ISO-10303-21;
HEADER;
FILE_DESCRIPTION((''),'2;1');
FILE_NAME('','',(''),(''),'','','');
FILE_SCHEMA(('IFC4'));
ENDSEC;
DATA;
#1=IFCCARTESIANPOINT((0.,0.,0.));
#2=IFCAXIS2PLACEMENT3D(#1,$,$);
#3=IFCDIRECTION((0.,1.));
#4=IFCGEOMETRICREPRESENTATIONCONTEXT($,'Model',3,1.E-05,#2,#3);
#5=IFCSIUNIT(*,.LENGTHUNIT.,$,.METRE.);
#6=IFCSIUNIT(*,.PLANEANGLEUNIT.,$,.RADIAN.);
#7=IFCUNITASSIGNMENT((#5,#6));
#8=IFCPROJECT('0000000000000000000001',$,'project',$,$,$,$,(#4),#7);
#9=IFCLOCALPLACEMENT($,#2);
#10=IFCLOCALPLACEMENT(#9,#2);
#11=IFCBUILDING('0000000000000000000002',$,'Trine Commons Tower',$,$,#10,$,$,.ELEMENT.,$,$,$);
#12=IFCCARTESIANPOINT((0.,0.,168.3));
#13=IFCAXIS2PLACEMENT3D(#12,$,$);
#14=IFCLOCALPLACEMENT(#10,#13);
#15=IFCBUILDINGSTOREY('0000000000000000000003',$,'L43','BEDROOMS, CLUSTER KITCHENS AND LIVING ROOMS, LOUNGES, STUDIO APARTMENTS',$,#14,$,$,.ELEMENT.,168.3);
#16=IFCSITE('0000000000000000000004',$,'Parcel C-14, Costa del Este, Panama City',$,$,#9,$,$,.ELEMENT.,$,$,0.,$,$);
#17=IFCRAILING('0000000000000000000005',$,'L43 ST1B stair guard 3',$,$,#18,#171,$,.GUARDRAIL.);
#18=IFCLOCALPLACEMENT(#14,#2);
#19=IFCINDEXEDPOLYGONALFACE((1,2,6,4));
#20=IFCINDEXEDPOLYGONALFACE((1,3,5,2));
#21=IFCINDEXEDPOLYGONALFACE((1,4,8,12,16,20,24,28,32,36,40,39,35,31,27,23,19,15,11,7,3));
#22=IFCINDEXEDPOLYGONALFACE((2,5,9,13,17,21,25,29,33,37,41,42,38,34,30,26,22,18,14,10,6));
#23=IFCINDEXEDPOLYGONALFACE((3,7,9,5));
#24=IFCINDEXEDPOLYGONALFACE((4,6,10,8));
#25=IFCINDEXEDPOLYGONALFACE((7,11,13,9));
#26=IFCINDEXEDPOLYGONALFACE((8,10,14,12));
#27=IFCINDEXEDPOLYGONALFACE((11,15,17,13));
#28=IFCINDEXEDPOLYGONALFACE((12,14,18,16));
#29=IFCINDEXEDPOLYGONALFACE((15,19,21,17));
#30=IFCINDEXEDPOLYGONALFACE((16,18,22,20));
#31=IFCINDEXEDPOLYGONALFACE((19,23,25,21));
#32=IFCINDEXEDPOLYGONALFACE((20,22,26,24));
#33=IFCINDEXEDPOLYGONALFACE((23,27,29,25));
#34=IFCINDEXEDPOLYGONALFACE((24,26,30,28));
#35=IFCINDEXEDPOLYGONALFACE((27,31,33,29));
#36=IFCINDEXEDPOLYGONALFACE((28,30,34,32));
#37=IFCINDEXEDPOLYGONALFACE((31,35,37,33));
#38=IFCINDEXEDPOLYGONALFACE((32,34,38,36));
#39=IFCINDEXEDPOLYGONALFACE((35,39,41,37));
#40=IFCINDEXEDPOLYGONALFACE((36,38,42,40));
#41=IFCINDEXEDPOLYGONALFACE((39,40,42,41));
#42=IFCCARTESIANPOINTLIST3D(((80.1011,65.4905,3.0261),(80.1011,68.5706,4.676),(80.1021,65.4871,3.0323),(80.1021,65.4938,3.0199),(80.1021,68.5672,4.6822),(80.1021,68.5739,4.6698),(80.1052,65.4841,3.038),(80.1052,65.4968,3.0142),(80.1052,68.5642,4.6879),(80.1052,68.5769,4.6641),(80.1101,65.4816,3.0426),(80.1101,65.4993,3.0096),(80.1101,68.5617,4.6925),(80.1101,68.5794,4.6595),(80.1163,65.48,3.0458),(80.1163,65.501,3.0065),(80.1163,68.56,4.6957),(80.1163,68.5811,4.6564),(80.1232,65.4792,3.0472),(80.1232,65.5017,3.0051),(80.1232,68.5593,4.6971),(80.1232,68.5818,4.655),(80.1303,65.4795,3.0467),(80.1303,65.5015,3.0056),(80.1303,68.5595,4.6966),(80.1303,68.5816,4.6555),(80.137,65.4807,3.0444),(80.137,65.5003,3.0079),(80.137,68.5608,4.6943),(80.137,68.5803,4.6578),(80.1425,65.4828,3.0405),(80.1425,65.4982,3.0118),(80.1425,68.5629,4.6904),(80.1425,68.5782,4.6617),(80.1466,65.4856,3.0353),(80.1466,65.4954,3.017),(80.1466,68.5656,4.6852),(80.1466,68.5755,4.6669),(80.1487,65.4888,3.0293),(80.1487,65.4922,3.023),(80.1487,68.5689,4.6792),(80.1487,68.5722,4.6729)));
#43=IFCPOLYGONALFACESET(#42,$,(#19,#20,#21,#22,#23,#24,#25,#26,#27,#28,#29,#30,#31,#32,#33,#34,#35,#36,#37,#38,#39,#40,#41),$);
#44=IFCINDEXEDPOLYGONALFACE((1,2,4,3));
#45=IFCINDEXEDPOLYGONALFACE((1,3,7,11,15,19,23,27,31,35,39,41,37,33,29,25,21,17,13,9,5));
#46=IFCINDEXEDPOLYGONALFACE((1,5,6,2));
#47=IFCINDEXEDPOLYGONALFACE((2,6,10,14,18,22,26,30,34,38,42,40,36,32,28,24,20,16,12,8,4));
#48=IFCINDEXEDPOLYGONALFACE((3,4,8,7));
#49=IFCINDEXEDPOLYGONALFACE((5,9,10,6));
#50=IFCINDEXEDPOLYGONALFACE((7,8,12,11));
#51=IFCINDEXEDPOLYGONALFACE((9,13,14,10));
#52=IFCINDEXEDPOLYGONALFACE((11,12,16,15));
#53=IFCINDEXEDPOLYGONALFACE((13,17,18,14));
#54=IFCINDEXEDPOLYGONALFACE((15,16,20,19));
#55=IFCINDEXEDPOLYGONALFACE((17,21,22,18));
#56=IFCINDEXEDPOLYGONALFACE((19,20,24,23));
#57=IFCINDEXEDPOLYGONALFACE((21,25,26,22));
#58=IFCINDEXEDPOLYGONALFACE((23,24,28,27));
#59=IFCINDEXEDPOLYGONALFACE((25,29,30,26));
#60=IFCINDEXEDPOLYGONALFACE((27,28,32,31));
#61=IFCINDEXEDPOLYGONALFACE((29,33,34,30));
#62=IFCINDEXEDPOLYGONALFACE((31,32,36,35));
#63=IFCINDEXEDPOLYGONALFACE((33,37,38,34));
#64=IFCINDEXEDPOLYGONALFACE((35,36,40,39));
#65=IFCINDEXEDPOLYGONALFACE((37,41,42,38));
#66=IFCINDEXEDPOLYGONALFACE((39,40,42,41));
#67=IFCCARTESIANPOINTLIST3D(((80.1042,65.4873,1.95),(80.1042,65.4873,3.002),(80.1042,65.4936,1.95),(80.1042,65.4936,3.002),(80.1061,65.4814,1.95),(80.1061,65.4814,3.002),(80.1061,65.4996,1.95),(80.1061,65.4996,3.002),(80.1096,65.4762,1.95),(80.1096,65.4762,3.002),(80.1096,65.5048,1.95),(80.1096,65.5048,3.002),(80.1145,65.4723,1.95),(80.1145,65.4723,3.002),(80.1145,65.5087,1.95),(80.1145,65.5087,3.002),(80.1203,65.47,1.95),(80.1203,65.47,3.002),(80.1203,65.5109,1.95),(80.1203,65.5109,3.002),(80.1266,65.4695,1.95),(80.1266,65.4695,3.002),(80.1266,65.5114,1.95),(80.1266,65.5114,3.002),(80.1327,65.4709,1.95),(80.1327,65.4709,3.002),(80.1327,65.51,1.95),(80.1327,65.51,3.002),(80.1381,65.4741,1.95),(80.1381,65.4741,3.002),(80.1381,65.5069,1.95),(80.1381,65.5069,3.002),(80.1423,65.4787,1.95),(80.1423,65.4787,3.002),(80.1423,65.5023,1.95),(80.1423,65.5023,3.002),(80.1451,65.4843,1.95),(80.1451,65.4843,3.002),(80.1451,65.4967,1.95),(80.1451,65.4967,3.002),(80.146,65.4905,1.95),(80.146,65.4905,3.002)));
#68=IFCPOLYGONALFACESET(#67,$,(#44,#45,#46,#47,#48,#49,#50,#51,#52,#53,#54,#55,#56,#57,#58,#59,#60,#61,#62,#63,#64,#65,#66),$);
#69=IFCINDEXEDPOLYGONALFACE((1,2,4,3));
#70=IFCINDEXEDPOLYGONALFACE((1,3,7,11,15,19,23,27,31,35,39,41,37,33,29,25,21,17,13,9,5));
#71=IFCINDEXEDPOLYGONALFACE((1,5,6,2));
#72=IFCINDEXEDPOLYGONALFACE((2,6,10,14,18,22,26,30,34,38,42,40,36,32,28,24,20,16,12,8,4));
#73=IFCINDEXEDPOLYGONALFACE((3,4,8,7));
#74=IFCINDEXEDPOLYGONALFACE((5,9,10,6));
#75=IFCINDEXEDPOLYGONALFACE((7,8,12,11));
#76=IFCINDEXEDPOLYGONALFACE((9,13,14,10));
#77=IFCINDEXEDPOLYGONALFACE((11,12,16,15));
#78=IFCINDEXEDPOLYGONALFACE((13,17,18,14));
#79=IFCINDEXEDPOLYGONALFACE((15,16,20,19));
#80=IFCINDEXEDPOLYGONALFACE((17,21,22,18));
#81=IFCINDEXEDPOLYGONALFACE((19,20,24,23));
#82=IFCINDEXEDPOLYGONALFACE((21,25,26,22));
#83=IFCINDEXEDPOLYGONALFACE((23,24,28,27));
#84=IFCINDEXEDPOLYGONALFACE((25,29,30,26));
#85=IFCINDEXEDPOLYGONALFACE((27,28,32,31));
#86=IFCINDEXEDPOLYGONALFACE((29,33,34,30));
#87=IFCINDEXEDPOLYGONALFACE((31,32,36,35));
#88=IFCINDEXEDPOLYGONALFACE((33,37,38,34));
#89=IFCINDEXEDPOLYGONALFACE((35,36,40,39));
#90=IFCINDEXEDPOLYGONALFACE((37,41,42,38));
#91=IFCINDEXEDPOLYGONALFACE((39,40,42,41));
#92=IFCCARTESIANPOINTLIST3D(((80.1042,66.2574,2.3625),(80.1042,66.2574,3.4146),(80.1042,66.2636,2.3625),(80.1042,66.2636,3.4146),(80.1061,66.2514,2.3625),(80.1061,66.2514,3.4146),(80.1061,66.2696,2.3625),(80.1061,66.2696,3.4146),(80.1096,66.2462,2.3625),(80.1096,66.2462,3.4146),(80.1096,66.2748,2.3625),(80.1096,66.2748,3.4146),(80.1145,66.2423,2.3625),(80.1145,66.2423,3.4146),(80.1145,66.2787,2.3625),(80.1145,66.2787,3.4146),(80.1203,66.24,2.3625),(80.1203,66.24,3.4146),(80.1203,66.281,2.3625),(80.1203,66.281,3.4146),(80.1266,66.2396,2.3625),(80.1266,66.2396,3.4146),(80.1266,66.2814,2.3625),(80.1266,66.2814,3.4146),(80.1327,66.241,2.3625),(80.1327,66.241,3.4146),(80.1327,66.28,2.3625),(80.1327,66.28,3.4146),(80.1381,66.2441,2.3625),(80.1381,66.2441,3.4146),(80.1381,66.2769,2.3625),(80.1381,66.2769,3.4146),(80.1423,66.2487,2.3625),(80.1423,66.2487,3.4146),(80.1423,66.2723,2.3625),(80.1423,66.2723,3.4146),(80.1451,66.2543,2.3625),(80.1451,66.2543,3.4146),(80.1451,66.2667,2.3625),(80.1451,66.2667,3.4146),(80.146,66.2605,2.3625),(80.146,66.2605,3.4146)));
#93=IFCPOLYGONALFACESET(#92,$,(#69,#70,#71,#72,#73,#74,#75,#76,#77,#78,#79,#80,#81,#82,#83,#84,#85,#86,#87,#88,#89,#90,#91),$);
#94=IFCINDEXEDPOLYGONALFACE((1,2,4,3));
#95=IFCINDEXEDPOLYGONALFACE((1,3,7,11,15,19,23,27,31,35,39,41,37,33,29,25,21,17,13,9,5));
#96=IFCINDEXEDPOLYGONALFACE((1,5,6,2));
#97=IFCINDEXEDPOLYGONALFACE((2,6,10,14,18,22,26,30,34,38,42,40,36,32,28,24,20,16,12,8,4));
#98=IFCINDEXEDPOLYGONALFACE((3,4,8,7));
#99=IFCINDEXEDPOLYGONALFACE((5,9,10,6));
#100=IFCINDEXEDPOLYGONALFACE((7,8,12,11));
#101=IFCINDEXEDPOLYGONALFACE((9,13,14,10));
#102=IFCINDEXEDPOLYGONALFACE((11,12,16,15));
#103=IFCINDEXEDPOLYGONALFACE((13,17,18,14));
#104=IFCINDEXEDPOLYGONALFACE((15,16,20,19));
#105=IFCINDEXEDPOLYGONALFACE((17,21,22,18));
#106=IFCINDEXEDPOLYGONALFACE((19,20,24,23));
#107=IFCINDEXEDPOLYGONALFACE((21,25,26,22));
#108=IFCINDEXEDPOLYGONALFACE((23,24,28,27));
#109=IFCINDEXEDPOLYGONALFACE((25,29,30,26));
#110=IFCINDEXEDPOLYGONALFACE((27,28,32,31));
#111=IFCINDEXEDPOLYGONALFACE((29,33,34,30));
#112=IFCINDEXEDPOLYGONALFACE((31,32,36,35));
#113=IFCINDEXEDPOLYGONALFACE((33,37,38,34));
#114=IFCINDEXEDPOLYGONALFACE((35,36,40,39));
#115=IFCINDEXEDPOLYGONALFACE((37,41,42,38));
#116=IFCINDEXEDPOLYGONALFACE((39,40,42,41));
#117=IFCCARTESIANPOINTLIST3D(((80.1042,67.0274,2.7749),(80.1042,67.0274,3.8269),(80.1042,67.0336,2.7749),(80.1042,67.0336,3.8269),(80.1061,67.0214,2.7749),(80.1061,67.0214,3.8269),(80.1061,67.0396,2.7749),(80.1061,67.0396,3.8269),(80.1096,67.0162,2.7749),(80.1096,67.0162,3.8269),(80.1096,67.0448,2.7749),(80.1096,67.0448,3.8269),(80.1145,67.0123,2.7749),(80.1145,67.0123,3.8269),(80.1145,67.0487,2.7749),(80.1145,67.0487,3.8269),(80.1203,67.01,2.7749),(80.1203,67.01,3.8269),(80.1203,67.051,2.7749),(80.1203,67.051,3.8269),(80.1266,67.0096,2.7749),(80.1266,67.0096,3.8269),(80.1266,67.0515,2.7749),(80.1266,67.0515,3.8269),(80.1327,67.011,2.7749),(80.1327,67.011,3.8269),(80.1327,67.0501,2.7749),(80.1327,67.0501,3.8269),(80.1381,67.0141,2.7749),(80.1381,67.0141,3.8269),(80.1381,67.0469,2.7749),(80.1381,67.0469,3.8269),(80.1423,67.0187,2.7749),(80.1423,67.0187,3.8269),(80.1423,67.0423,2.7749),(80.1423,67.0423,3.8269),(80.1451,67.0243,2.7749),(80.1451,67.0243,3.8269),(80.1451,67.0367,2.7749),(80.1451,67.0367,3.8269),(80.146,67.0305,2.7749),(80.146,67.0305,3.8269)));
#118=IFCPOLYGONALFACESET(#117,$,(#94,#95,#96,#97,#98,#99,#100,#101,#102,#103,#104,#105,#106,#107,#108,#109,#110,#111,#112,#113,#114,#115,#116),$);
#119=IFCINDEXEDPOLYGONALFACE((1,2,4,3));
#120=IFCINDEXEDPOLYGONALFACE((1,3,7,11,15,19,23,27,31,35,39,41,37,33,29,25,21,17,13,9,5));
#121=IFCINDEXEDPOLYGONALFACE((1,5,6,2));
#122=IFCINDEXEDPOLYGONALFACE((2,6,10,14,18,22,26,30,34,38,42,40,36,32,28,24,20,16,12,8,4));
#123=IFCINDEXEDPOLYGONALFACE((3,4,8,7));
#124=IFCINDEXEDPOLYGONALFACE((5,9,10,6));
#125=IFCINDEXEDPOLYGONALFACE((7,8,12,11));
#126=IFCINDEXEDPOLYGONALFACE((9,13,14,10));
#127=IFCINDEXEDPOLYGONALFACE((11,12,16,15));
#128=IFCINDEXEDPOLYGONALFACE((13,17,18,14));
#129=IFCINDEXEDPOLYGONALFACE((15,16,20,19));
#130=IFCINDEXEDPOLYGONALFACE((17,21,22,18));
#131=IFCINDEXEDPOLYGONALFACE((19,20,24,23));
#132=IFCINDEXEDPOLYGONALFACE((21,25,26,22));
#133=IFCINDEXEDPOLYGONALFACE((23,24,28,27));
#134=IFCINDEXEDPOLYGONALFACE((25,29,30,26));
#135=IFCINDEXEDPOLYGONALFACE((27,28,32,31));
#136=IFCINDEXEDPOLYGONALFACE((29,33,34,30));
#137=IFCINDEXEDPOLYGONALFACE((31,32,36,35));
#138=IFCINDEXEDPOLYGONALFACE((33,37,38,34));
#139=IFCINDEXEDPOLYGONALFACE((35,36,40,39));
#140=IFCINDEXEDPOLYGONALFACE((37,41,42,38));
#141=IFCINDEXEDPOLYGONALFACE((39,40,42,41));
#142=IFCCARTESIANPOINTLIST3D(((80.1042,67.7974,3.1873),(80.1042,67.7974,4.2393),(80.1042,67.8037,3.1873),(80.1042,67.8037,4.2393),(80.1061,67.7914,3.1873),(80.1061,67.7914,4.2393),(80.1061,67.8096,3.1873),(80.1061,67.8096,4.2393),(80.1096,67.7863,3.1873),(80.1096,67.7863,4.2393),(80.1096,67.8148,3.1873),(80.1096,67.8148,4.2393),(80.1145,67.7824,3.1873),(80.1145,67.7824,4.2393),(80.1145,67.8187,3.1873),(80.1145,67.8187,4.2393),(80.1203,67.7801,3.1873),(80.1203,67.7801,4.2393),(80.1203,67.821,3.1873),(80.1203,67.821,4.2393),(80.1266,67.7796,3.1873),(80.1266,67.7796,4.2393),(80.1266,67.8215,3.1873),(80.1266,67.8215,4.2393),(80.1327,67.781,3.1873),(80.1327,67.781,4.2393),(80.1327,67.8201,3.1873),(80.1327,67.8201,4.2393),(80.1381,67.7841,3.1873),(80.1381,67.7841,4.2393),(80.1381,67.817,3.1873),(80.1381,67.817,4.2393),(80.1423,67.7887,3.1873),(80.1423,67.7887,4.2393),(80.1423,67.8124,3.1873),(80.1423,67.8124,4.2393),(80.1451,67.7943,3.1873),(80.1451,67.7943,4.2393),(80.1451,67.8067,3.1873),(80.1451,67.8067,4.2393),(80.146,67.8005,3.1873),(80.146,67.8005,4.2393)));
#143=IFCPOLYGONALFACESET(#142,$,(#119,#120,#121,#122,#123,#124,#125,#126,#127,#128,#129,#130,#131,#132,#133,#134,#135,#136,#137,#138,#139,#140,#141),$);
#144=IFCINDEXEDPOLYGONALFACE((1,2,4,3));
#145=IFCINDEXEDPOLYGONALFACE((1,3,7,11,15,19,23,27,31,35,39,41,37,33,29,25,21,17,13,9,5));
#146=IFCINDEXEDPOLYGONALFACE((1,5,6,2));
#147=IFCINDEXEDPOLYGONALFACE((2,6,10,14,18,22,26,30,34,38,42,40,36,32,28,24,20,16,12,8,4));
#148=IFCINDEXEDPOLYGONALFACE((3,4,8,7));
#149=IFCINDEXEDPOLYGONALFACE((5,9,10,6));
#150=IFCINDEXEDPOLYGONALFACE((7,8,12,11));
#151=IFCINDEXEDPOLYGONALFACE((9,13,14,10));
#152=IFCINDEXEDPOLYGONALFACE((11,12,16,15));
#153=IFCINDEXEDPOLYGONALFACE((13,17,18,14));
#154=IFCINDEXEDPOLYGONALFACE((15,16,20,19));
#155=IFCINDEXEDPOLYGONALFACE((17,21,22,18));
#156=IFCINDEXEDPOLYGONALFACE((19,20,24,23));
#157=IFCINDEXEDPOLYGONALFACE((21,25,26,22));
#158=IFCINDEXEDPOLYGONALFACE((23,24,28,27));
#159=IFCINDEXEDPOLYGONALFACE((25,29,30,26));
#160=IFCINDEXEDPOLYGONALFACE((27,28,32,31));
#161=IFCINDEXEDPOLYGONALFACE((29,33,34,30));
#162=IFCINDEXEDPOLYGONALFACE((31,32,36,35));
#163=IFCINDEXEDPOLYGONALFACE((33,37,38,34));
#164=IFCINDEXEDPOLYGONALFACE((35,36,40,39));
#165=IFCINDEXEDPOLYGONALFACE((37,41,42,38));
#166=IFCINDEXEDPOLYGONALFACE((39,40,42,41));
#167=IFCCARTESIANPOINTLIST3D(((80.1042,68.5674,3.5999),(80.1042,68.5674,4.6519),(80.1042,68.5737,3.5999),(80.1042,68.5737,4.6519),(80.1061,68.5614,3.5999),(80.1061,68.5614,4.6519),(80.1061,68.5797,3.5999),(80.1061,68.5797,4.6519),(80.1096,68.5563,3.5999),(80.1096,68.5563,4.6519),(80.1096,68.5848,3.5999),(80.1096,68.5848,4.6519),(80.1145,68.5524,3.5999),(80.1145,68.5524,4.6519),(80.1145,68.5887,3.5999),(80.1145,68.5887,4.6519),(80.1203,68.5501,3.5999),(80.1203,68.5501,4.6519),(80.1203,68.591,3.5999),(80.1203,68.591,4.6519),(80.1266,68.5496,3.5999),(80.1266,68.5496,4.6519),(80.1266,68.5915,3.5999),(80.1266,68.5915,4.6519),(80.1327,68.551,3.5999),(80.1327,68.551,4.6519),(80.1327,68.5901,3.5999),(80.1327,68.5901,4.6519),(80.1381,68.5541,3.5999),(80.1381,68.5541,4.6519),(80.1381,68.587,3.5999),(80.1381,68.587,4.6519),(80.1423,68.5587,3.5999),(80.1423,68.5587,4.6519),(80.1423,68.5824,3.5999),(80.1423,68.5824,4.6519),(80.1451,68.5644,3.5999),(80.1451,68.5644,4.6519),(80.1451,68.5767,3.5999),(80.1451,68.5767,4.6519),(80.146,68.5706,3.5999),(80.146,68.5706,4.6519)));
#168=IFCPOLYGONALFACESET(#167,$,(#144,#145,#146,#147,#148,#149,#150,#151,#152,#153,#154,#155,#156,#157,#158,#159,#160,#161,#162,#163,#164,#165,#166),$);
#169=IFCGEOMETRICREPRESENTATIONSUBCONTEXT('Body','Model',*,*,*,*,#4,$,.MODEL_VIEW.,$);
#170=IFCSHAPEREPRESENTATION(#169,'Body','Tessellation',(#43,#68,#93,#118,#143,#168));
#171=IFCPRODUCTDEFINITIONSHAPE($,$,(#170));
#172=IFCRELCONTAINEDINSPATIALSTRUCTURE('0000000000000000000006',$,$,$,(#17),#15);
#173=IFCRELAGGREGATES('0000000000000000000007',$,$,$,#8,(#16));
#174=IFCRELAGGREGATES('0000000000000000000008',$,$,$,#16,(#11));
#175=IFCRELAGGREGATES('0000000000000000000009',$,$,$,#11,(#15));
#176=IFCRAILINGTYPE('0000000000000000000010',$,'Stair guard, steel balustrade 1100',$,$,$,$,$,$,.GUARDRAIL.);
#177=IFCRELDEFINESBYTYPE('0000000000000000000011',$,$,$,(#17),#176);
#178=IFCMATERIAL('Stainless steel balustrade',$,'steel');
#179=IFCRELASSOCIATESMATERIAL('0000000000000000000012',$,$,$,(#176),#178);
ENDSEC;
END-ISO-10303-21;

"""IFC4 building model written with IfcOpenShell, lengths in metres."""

from ifc_helpers import new_model, si_unit, direction, frame, origin, origin_2d, place, context, subcontext, project, spatial, circle, extrude, material, type_object, element, save


model = new_model("IFC4")

# Units and contexts
model_context = context("Model", 3, precision=1e-05, world=origin(), true_north=direction((0.0, 1.0)))
body_context = subcontext(model_context, "Body", "Model", "MODEL_VIEW")
ifc_project = project(units=[si_unit("LENGTHUNIT", "METRE"), si_unit("PLANEANGLEUNIT", "RADIAN")], contexts=[model_context])

# Site, building, storey
site_placement = place(None, origin())
site = spatial("IfcSite", under=ifc_project, at=site_placement, Name="Parcel C-14, Costa del Este, Panama City", CompositionType="ELEMENT", RefElevation=0.0)
building_placement = place(site_placement, origin())
building = spatial("IfcBuilding", under=site, at=building_placement, Name="Trine Commons Tower", CompositionType="ELEMENT")
storey_placement = place(building_placement, frame((0.0, 0.0, 168.3)))
storey = spatial("IfcBuildingStorey", under=building, at=storey_placement, Name="L43", Description="BEDROOMS, CLUSTER KITCHENS AND LIVING ROOMS, LOUNGES, STUDIO APARTMENTS", CompositionType="ELEMENT", Elevation=168.3)

# Railing
ifc_material_1 = material(Name="Stainless steel balustrade", Category="steel")
railing_type_1 = type_object("IfcRailingType", Name="Stair guard, steel balustrade 1100", PredefinedType="GUARDRAIL", material=ifc_material_1)
railing_1_placement = place(storey_placement, frame((80.125, 65.4905, 1.95)))
element("IfcRailing", 1, at=railing_1_placement, inside=storey, type_object=railing_type_1, Name="L43 ST1B stair guard 3", PredefinedType="GUARDRAIL", context=body_context, shape_type="SweptSolid", body=[
    extrude(circle(Radius=0.0239, at=origin_2d()), frame((0.0, 0.0, 1.0762), z_axis=(0.0, 0.881497, 0.47219), x_axis=(-1.0, 0.0, 0.0)), (0.0, 0.0, 1.0), 3.4941),
    extrude(circle(Radius=0.021, at=origin_2d()), origin(), (0.0, 0.0, 1.0), 1.052),
    extrude(circle(Radius=0.021, at=origin_2d()), frame((0.0, 0.77, 0.4126)), (0.0, 0.0, 1.0), 1.052),
    extrude(circle(Radius=0.021, at=origin_2d()), frame((0.0, 1.54, 0.825)), (0.0, 0.0, 1.0), 1.052),
    extrude(circle(Radius=0.021, at=origin_2d()), frame((0.0, 2.3101, 1.2373)), (0.0, 0.0, 1.0), 1.052),
    extrude(circle(Radius=0.021, at=origin_2d()), frame((0.0, 3.0801, 1.6499)), (0.0, 0.0, 1.0), 1.052),
])

save(model, "model.ifc")
